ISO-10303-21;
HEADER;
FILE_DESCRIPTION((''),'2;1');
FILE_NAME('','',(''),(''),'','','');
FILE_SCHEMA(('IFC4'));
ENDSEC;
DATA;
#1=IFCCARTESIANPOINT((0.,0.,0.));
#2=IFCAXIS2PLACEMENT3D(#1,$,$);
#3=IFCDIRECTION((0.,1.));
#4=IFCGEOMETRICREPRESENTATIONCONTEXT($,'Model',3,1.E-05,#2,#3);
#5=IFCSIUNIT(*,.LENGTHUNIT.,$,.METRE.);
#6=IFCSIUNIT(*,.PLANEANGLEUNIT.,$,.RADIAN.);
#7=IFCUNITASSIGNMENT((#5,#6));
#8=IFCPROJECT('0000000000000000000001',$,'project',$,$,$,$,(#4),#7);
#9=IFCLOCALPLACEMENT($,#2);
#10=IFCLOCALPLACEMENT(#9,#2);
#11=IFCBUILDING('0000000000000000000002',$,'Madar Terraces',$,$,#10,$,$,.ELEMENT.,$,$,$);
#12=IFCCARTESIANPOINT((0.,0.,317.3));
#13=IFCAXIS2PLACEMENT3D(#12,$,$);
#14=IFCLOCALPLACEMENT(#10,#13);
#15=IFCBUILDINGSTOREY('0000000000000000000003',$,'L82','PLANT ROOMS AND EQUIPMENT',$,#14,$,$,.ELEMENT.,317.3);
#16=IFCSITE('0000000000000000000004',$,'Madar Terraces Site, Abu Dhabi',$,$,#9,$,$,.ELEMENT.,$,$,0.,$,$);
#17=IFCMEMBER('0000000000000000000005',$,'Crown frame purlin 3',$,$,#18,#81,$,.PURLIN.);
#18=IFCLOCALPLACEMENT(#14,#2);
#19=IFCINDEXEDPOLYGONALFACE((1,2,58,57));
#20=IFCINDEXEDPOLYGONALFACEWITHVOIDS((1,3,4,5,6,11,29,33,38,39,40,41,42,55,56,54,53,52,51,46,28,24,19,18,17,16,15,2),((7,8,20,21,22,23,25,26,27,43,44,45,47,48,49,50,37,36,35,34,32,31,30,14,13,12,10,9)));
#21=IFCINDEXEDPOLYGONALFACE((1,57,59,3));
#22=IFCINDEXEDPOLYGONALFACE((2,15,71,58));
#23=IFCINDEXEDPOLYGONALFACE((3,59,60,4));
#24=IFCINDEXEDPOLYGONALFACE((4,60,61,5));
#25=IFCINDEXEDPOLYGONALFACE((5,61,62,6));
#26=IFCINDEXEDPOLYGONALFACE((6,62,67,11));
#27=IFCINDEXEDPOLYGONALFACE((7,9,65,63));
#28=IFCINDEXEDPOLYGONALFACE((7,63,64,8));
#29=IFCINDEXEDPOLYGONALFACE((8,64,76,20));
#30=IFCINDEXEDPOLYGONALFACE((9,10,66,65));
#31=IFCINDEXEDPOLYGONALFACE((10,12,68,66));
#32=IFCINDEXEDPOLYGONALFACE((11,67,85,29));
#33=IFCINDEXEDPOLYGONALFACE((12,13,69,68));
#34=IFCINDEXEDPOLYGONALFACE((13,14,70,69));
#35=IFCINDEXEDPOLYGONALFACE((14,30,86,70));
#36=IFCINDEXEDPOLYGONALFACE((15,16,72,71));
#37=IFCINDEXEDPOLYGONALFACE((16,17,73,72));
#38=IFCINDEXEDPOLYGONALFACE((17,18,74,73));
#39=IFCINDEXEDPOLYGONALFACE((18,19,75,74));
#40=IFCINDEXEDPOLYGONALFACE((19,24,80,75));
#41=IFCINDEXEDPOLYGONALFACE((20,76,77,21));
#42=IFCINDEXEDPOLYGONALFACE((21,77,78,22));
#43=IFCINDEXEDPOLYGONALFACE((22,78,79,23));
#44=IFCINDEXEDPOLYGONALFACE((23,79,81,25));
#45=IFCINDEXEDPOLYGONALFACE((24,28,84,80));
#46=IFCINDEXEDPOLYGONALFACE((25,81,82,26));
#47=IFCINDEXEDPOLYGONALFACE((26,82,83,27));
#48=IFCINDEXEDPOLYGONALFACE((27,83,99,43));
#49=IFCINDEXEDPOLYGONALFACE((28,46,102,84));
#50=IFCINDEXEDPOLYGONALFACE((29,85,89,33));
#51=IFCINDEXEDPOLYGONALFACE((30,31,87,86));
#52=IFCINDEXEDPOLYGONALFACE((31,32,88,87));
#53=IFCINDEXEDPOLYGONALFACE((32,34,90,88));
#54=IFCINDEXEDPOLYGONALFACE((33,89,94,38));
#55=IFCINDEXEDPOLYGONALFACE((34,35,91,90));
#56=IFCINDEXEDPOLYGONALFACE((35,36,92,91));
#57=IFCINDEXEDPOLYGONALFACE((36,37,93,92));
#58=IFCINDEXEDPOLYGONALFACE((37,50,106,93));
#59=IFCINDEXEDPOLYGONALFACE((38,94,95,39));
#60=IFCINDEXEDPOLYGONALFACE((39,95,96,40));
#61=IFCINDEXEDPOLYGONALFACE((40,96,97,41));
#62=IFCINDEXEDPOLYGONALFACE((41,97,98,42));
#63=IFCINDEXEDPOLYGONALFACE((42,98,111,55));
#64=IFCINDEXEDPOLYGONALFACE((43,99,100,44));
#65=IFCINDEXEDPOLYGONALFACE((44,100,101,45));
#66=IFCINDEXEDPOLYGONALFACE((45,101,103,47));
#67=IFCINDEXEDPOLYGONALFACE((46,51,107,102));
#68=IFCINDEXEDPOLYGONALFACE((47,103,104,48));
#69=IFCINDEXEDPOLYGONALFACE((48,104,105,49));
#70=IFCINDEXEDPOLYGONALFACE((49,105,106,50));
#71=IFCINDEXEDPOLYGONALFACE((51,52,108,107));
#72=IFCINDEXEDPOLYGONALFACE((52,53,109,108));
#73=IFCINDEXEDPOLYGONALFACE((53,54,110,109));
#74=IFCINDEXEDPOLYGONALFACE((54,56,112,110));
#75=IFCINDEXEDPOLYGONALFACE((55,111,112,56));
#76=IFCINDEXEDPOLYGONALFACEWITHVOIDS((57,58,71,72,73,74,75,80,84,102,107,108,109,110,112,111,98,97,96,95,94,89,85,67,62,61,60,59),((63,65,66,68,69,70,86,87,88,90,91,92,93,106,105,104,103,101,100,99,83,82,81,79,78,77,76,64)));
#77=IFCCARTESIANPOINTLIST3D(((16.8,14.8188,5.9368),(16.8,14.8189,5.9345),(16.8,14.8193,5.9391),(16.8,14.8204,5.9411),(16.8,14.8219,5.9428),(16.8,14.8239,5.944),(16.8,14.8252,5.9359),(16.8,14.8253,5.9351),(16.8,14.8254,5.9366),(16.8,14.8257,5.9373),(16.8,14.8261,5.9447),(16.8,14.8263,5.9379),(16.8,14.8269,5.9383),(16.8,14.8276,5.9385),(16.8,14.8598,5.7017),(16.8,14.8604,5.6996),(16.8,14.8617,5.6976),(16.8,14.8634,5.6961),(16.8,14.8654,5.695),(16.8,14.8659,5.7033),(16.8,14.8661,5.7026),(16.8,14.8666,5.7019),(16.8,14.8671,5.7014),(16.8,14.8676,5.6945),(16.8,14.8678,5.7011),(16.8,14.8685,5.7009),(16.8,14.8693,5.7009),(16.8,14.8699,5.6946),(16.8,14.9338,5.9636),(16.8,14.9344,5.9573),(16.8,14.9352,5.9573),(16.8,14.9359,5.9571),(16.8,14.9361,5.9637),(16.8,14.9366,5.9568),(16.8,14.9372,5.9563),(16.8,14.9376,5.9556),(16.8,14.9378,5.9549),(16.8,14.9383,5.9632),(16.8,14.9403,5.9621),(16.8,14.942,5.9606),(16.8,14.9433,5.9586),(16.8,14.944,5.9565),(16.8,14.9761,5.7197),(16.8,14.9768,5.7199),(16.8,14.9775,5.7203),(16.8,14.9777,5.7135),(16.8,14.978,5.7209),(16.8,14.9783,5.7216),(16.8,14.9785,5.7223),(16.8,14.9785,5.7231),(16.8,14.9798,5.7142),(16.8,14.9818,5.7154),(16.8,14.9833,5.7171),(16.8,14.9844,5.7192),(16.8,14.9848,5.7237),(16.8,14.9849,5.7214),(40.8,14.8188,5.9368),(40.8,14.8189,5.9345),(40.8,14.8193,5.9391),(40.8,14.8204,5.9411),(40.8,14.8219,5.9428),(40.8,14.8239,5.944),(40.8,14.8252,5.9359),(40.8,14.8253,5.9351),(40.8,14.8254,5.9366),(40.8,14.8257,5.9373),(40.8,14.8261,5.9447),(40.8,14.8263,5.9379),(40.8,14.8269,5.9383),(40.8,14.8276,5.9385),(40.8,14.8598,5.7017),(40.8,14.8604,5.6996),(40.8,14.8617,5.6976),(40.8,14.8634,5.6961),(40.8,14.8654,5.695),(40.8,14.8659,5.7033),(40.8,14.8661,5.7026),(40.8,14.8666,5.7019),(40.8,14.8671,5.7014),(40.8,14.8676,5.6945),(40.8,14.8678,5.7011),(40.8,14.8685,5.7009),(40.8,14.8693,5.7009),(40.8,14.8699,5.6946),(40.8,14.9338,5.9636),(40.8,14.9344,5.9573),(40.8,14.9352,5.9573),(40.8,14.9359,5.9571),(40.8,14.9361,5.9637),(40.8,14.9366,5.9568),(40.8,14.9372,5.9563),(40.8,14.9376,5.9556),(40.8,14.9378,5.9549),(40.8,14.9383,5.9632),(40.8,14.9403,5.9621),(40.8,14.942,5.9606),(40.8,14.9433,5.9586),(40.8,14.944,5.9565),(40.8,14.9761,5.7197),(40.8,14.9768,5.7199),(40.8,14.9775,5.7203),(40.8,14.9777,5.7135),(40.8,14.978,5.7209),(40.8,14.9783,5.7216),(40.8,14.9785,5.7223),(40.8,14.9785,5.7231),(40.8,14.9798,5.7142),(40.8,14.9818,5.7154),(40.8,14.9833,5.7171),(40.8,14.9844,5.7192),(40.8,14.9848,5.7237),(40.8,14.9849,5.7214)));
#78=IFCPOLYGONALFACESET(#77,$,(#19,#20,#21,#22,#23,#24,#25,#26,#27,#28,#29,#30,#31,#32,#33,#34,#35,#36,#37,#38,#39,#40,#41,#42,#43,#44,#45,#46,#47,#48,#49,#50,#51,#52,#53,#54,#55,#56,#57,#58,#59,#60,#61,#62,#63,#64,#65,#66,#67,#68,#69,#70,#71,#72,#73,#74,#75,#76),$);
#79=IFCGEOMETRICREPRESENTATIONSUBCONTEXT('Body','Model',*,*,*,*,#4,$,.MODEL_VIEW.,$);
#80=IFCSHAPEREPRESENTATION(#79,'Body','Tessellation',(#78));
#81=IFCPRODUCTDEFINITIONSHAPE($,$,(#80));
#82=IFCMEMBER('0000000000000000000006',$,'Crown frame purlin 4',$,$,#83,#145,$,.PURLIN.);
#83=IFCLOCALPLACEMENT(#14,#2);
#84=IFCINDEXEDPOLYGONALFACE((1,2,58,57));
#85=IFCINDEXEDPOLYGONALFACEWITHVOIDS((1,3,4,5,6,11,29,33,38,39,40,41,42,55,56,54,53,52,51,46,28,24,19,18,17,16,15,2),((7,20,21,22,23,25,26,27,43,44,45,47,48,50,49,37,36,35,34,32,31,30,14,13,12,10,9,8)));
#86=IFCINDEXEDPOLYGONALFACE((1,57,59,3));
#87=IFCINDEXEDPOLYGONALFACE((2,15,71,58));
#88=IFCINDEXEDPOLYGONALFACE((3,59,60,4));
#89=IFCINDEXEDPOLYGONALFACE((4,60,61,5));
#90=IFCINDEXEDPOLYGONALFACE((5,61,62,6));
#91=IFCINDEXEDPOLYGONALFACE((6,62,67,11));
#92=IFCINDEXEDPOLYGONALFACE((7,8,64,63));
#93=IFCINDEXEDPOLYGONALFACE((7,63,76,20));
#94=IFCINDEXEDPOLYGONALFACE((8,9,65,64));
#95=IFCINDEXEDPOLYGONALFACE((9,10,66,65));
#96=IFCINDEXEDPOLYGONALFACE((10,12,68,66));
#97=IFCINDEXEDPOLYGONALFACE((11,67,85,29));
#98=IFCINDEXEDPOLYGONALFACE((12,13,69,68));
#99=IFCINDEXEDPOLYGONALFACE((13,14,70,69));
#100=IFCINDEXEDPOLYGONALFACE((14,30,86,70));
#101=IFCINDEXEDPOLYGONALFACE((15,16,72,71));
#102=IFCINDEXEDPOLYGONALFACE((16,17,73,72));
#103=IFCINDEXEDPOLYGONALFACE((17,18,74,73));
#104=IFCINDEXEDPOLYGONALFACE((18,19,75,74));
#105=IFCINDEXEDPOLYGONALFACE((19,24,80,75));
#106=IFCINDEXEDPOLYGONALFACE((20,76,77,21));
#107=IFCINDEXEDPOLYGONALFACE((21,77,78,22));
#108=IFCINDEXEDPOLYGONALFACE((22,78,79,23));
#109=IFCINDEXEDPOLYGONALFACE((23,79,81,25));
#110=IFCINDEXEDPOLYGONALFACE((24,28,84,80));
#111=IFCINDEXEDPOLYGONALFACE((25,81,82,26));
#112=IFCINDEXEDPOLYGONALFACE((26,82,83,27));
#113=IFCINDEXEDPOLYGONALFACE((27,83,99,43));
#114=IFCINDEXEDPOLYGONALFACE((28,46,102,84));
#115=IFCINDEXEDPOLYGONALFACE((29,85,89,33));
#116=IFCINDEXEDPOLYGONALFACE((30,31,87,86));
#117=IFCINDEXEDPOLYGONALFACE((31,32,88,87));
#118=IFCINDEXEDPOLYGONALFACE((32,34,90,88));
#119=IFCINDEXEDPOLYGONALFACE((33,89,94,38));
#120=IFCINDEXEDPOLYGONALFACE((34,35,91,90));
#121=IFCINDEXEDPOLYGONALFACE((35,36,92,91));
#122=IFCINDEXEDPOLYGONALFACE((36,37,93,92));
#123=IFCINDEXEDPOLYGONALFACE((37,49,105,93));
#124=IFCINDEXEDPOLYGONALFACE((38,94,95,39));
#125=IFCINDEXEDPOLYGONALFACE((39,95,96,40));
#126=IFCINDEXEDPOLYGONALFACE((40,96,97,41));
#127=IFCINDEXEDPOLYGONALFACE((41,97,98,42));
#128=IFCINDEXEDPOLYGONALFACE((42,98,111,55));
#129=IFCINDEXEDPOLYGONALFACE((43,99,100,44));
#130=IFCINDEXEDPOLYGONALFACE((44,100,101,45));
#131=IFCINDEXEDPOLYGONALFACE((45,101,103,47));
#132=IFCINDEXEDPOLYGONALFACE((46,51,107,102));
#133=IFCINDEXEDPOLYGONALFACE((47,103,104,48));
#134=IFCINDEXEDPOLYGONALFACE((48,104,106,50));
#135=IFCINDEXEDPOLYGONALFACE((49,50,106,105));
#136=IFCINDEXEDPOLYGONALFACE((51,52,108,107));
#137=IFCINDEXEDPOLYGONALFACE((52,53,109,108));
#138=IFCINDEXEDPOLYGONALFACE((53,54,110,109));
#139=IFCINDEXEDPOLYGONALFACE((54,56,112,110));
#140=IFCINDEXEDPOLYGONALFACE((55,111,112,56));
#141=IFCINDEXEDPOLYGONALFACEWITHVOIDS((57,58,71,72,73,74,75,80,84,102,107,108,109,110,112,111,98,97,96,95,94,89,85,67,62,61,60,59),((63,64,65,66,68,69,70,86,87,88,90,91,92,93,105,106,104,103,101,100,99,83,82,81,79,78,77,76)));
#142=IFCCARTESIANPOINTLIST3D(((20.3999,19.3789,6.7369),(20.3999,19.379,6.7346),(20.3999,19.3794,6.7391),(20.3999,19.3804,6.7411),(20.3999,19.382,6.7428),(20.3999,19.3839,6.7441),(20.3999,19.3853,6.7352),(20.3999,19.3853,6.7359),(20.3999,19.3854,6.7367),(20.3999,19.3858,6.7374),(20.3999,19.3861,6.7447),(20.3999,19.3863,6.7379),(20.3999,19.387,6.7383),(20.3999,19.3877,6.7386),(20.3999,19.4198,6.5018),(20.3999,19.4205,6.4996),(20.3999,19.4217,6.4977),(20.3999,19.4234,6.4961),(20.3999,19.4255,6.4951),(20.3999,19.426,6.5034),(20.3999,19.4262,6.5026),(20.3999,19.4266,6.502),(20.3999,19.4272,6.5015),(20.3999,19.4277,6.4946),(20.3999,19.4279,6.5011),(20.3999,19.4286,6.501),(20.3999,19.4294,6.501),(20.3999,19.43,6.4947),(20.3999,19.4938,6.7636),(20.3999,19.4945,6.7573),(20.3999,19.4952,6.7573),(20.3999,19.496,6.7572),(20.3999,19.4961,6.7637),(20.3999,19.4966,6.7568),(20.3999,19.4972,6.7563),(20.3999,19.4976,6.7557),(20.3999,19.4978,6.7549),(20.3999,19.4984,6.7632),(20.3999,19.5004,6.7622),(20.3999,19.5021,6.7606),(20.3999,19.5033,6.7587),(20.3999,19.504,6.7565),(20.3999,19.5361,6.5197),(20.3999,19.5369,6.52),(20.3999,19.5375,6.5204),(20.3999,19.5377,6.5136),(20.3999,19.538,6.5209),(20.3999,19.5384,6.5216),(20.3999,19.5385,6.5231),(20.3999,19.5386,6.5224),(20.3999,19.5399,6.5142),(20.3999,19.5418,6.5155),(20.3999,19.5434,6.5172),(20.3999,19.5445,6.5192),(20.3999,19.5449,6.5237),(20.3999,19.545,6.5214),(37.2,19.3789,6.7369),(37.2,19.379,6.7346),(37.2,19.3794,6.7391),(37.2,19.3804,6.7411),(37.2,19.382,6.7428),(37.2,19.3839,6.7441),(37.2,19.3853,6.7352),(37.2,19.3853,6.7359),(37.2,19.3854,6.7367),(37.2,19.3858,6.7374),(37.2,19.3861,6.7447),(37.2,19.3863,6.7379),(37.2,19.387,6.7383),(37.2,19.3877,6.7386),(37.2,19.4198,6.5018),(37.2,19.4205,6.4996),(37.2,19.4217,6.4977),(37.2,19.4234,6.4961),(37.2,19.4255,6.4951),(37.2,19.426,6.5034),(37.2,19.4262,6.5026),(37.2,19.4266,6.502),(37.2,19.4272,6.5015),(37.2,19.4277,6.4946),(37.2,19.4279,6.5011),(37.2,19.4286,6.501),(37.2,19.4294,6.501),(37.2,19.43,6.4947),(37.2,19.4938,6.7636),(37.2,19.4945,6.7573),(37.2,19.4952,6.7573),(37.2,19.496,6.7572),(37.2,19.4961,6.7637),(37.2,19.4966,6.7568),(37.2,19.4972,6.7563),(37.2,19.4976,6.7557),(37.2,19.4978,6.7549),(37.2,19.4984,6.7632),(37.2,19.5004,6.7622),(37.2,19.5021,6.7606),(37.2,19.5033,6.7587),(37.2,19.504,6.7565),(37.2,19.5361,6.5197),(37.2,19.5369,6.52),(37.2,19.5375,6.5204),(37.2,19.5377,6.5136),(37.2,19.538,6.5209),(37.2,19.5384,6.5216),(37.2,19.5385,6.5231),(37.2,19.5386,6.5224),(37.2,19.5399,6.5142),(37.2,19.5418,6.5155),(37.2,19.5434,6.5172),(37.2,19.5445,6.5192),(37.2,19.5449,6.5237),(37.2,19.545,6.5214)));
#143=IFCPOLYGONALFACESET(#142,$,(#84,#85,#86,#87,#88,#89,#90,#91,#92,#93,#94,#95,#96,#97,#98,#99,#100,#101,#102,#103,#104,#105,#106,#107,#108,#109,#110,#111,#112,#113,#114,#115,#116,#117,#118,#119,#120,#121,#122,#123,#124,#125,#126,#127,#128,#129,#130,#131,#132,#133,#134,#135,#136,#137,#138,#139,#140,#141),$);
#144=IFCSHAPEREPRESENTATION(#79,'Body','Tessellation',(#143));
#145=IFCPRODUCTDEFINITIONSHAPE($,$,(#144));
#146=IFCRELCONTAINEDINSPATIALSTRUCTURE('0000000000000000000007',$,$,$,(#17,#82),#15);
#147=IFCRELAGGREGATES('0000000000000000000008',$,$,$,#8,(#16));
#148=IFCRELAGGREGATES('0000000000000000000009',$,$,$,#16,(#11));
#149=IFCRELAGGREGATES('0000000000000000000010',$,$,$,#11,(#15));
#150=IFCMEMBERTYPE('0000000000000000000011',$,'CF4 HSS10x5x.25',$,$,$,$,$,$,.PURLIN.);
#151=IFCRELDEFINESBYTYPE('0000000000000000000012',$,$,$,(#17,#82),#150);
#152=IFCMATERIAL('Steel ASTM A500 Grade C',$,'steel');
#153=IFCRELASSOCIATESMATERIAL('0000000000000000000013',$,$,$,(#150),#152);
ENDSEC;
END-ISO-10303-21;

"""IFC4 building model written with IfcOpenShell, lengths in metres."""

from ifc_helpers import new_model, si_unit, direction, frame, origin, origin_2d, place, context, subcontext, project, spatial, hollow_rectangle, extrude, material, material_profile, profile_set, type_object, element, save


model = new_model("IFC4")

# Units and contexts
model_context = context("Model", 3, precision=1e-05, world=origin(), true_north=direction((0.0, 1.0)))
body_context = subcontext(model_context, "Body", "Model", "MODEL_VIEW")
ifc_project = project(units=[si_unit("LENGTHUNIT", "METRE"), si_unit("PLANEANGLEUNIT", "RADIAN")], contexts=[model_context])

# Site, building, storey
site_placement = place(None, origin())
site = spatial("IfcSite", under=ifc_project, at=site_placement, Name="Madar Terraces Site, Abu Dhabi", CompositionType="ELEMENT", RefElevation=0.0)
building_placement = place(site_placement, origin())
building = spatial("IfcBuilding", under=site, at=building_placement, Name="Madar Terraces", CompositionType="ELEMENT")
storey_placement = place(building_placement, frame((0.0, 0.0, 317.3)))
storey = spatial("IfcBuildingStorey", under=building, at=storey_placement, Name="L82", Description="PLANT ROOMS AND EQUIPMENT", CompositionType="ELEMENT", Elevation=317.3)

# Members
ifc_material_1 = material(Name="Steel ASTM A500 Grade C", Category="steel")
ifc_material_profile = material_profile(ifc_material_1, hollow_rectangle(XDim=0.127, YDim=0.2539, WallThickness=0.0063, InnerFilletRadius=0.0029, OuterFilletRadius=0.0088, at=origin_2d()), Name="HSS10x5x.25")
ifc_profile_set = profile_set([ifc_material_profile], Name="Steel ASTM A500 Grade C")
member_type = type_object("IfcMemberType", Name="CF4 HSS10x5x.25", PredefinedType="PURLIN", material=ifc_profile_set)
member_1_placement = place(storey_placement, frame((16.8, 14.9019, 5.8291), z_axis=(1.0, 0.0, 0.0), x_axis=(0.0, 0.984957, 0.172799)))
element("IfcMember", 1, at=member_1_placement, inside=storey, type_object=member_type, Name="Crown frame purlin 3", PredefinedType="PURLIN", context=body_context, shape_type="SweptSolid", body=[
    extrude(hollow_rectangle(XDim=0.127, YDim=0.2539, WallThickness=0.0063, InnerFilletRadius=0.0029, OuterFilletRadius=0.0088, at=origin_2d()), origin(), (0.0, 0.0, 1.0), 24.0),
])
member_2_placement = place(storey_placement, frame((20.3999, 19.4619, 6.6292), z_axis=(1.0, 0.0, 0.0), x_axis=(0.0, 0.984957, 0.172799)))
element("IfcMember", 2, at=member_2_placement, inside=storey, type_object=member_type, Name="Crown frame purlin 4", PredefinedType="PURLIN", context=body_context, shape_type="SweptSolid", body=[
    extrude(hollow_rectangle(XDim=0.127, YDim=0.2539, WallThickness=0.0063, InnerFilletRadius=0.0029, OuterFilletRadius=0.0088, at=origin_2d()), origin(), (0.0, 0.0, 1.0), 16.8),
])

save(model, "model.ifc")
